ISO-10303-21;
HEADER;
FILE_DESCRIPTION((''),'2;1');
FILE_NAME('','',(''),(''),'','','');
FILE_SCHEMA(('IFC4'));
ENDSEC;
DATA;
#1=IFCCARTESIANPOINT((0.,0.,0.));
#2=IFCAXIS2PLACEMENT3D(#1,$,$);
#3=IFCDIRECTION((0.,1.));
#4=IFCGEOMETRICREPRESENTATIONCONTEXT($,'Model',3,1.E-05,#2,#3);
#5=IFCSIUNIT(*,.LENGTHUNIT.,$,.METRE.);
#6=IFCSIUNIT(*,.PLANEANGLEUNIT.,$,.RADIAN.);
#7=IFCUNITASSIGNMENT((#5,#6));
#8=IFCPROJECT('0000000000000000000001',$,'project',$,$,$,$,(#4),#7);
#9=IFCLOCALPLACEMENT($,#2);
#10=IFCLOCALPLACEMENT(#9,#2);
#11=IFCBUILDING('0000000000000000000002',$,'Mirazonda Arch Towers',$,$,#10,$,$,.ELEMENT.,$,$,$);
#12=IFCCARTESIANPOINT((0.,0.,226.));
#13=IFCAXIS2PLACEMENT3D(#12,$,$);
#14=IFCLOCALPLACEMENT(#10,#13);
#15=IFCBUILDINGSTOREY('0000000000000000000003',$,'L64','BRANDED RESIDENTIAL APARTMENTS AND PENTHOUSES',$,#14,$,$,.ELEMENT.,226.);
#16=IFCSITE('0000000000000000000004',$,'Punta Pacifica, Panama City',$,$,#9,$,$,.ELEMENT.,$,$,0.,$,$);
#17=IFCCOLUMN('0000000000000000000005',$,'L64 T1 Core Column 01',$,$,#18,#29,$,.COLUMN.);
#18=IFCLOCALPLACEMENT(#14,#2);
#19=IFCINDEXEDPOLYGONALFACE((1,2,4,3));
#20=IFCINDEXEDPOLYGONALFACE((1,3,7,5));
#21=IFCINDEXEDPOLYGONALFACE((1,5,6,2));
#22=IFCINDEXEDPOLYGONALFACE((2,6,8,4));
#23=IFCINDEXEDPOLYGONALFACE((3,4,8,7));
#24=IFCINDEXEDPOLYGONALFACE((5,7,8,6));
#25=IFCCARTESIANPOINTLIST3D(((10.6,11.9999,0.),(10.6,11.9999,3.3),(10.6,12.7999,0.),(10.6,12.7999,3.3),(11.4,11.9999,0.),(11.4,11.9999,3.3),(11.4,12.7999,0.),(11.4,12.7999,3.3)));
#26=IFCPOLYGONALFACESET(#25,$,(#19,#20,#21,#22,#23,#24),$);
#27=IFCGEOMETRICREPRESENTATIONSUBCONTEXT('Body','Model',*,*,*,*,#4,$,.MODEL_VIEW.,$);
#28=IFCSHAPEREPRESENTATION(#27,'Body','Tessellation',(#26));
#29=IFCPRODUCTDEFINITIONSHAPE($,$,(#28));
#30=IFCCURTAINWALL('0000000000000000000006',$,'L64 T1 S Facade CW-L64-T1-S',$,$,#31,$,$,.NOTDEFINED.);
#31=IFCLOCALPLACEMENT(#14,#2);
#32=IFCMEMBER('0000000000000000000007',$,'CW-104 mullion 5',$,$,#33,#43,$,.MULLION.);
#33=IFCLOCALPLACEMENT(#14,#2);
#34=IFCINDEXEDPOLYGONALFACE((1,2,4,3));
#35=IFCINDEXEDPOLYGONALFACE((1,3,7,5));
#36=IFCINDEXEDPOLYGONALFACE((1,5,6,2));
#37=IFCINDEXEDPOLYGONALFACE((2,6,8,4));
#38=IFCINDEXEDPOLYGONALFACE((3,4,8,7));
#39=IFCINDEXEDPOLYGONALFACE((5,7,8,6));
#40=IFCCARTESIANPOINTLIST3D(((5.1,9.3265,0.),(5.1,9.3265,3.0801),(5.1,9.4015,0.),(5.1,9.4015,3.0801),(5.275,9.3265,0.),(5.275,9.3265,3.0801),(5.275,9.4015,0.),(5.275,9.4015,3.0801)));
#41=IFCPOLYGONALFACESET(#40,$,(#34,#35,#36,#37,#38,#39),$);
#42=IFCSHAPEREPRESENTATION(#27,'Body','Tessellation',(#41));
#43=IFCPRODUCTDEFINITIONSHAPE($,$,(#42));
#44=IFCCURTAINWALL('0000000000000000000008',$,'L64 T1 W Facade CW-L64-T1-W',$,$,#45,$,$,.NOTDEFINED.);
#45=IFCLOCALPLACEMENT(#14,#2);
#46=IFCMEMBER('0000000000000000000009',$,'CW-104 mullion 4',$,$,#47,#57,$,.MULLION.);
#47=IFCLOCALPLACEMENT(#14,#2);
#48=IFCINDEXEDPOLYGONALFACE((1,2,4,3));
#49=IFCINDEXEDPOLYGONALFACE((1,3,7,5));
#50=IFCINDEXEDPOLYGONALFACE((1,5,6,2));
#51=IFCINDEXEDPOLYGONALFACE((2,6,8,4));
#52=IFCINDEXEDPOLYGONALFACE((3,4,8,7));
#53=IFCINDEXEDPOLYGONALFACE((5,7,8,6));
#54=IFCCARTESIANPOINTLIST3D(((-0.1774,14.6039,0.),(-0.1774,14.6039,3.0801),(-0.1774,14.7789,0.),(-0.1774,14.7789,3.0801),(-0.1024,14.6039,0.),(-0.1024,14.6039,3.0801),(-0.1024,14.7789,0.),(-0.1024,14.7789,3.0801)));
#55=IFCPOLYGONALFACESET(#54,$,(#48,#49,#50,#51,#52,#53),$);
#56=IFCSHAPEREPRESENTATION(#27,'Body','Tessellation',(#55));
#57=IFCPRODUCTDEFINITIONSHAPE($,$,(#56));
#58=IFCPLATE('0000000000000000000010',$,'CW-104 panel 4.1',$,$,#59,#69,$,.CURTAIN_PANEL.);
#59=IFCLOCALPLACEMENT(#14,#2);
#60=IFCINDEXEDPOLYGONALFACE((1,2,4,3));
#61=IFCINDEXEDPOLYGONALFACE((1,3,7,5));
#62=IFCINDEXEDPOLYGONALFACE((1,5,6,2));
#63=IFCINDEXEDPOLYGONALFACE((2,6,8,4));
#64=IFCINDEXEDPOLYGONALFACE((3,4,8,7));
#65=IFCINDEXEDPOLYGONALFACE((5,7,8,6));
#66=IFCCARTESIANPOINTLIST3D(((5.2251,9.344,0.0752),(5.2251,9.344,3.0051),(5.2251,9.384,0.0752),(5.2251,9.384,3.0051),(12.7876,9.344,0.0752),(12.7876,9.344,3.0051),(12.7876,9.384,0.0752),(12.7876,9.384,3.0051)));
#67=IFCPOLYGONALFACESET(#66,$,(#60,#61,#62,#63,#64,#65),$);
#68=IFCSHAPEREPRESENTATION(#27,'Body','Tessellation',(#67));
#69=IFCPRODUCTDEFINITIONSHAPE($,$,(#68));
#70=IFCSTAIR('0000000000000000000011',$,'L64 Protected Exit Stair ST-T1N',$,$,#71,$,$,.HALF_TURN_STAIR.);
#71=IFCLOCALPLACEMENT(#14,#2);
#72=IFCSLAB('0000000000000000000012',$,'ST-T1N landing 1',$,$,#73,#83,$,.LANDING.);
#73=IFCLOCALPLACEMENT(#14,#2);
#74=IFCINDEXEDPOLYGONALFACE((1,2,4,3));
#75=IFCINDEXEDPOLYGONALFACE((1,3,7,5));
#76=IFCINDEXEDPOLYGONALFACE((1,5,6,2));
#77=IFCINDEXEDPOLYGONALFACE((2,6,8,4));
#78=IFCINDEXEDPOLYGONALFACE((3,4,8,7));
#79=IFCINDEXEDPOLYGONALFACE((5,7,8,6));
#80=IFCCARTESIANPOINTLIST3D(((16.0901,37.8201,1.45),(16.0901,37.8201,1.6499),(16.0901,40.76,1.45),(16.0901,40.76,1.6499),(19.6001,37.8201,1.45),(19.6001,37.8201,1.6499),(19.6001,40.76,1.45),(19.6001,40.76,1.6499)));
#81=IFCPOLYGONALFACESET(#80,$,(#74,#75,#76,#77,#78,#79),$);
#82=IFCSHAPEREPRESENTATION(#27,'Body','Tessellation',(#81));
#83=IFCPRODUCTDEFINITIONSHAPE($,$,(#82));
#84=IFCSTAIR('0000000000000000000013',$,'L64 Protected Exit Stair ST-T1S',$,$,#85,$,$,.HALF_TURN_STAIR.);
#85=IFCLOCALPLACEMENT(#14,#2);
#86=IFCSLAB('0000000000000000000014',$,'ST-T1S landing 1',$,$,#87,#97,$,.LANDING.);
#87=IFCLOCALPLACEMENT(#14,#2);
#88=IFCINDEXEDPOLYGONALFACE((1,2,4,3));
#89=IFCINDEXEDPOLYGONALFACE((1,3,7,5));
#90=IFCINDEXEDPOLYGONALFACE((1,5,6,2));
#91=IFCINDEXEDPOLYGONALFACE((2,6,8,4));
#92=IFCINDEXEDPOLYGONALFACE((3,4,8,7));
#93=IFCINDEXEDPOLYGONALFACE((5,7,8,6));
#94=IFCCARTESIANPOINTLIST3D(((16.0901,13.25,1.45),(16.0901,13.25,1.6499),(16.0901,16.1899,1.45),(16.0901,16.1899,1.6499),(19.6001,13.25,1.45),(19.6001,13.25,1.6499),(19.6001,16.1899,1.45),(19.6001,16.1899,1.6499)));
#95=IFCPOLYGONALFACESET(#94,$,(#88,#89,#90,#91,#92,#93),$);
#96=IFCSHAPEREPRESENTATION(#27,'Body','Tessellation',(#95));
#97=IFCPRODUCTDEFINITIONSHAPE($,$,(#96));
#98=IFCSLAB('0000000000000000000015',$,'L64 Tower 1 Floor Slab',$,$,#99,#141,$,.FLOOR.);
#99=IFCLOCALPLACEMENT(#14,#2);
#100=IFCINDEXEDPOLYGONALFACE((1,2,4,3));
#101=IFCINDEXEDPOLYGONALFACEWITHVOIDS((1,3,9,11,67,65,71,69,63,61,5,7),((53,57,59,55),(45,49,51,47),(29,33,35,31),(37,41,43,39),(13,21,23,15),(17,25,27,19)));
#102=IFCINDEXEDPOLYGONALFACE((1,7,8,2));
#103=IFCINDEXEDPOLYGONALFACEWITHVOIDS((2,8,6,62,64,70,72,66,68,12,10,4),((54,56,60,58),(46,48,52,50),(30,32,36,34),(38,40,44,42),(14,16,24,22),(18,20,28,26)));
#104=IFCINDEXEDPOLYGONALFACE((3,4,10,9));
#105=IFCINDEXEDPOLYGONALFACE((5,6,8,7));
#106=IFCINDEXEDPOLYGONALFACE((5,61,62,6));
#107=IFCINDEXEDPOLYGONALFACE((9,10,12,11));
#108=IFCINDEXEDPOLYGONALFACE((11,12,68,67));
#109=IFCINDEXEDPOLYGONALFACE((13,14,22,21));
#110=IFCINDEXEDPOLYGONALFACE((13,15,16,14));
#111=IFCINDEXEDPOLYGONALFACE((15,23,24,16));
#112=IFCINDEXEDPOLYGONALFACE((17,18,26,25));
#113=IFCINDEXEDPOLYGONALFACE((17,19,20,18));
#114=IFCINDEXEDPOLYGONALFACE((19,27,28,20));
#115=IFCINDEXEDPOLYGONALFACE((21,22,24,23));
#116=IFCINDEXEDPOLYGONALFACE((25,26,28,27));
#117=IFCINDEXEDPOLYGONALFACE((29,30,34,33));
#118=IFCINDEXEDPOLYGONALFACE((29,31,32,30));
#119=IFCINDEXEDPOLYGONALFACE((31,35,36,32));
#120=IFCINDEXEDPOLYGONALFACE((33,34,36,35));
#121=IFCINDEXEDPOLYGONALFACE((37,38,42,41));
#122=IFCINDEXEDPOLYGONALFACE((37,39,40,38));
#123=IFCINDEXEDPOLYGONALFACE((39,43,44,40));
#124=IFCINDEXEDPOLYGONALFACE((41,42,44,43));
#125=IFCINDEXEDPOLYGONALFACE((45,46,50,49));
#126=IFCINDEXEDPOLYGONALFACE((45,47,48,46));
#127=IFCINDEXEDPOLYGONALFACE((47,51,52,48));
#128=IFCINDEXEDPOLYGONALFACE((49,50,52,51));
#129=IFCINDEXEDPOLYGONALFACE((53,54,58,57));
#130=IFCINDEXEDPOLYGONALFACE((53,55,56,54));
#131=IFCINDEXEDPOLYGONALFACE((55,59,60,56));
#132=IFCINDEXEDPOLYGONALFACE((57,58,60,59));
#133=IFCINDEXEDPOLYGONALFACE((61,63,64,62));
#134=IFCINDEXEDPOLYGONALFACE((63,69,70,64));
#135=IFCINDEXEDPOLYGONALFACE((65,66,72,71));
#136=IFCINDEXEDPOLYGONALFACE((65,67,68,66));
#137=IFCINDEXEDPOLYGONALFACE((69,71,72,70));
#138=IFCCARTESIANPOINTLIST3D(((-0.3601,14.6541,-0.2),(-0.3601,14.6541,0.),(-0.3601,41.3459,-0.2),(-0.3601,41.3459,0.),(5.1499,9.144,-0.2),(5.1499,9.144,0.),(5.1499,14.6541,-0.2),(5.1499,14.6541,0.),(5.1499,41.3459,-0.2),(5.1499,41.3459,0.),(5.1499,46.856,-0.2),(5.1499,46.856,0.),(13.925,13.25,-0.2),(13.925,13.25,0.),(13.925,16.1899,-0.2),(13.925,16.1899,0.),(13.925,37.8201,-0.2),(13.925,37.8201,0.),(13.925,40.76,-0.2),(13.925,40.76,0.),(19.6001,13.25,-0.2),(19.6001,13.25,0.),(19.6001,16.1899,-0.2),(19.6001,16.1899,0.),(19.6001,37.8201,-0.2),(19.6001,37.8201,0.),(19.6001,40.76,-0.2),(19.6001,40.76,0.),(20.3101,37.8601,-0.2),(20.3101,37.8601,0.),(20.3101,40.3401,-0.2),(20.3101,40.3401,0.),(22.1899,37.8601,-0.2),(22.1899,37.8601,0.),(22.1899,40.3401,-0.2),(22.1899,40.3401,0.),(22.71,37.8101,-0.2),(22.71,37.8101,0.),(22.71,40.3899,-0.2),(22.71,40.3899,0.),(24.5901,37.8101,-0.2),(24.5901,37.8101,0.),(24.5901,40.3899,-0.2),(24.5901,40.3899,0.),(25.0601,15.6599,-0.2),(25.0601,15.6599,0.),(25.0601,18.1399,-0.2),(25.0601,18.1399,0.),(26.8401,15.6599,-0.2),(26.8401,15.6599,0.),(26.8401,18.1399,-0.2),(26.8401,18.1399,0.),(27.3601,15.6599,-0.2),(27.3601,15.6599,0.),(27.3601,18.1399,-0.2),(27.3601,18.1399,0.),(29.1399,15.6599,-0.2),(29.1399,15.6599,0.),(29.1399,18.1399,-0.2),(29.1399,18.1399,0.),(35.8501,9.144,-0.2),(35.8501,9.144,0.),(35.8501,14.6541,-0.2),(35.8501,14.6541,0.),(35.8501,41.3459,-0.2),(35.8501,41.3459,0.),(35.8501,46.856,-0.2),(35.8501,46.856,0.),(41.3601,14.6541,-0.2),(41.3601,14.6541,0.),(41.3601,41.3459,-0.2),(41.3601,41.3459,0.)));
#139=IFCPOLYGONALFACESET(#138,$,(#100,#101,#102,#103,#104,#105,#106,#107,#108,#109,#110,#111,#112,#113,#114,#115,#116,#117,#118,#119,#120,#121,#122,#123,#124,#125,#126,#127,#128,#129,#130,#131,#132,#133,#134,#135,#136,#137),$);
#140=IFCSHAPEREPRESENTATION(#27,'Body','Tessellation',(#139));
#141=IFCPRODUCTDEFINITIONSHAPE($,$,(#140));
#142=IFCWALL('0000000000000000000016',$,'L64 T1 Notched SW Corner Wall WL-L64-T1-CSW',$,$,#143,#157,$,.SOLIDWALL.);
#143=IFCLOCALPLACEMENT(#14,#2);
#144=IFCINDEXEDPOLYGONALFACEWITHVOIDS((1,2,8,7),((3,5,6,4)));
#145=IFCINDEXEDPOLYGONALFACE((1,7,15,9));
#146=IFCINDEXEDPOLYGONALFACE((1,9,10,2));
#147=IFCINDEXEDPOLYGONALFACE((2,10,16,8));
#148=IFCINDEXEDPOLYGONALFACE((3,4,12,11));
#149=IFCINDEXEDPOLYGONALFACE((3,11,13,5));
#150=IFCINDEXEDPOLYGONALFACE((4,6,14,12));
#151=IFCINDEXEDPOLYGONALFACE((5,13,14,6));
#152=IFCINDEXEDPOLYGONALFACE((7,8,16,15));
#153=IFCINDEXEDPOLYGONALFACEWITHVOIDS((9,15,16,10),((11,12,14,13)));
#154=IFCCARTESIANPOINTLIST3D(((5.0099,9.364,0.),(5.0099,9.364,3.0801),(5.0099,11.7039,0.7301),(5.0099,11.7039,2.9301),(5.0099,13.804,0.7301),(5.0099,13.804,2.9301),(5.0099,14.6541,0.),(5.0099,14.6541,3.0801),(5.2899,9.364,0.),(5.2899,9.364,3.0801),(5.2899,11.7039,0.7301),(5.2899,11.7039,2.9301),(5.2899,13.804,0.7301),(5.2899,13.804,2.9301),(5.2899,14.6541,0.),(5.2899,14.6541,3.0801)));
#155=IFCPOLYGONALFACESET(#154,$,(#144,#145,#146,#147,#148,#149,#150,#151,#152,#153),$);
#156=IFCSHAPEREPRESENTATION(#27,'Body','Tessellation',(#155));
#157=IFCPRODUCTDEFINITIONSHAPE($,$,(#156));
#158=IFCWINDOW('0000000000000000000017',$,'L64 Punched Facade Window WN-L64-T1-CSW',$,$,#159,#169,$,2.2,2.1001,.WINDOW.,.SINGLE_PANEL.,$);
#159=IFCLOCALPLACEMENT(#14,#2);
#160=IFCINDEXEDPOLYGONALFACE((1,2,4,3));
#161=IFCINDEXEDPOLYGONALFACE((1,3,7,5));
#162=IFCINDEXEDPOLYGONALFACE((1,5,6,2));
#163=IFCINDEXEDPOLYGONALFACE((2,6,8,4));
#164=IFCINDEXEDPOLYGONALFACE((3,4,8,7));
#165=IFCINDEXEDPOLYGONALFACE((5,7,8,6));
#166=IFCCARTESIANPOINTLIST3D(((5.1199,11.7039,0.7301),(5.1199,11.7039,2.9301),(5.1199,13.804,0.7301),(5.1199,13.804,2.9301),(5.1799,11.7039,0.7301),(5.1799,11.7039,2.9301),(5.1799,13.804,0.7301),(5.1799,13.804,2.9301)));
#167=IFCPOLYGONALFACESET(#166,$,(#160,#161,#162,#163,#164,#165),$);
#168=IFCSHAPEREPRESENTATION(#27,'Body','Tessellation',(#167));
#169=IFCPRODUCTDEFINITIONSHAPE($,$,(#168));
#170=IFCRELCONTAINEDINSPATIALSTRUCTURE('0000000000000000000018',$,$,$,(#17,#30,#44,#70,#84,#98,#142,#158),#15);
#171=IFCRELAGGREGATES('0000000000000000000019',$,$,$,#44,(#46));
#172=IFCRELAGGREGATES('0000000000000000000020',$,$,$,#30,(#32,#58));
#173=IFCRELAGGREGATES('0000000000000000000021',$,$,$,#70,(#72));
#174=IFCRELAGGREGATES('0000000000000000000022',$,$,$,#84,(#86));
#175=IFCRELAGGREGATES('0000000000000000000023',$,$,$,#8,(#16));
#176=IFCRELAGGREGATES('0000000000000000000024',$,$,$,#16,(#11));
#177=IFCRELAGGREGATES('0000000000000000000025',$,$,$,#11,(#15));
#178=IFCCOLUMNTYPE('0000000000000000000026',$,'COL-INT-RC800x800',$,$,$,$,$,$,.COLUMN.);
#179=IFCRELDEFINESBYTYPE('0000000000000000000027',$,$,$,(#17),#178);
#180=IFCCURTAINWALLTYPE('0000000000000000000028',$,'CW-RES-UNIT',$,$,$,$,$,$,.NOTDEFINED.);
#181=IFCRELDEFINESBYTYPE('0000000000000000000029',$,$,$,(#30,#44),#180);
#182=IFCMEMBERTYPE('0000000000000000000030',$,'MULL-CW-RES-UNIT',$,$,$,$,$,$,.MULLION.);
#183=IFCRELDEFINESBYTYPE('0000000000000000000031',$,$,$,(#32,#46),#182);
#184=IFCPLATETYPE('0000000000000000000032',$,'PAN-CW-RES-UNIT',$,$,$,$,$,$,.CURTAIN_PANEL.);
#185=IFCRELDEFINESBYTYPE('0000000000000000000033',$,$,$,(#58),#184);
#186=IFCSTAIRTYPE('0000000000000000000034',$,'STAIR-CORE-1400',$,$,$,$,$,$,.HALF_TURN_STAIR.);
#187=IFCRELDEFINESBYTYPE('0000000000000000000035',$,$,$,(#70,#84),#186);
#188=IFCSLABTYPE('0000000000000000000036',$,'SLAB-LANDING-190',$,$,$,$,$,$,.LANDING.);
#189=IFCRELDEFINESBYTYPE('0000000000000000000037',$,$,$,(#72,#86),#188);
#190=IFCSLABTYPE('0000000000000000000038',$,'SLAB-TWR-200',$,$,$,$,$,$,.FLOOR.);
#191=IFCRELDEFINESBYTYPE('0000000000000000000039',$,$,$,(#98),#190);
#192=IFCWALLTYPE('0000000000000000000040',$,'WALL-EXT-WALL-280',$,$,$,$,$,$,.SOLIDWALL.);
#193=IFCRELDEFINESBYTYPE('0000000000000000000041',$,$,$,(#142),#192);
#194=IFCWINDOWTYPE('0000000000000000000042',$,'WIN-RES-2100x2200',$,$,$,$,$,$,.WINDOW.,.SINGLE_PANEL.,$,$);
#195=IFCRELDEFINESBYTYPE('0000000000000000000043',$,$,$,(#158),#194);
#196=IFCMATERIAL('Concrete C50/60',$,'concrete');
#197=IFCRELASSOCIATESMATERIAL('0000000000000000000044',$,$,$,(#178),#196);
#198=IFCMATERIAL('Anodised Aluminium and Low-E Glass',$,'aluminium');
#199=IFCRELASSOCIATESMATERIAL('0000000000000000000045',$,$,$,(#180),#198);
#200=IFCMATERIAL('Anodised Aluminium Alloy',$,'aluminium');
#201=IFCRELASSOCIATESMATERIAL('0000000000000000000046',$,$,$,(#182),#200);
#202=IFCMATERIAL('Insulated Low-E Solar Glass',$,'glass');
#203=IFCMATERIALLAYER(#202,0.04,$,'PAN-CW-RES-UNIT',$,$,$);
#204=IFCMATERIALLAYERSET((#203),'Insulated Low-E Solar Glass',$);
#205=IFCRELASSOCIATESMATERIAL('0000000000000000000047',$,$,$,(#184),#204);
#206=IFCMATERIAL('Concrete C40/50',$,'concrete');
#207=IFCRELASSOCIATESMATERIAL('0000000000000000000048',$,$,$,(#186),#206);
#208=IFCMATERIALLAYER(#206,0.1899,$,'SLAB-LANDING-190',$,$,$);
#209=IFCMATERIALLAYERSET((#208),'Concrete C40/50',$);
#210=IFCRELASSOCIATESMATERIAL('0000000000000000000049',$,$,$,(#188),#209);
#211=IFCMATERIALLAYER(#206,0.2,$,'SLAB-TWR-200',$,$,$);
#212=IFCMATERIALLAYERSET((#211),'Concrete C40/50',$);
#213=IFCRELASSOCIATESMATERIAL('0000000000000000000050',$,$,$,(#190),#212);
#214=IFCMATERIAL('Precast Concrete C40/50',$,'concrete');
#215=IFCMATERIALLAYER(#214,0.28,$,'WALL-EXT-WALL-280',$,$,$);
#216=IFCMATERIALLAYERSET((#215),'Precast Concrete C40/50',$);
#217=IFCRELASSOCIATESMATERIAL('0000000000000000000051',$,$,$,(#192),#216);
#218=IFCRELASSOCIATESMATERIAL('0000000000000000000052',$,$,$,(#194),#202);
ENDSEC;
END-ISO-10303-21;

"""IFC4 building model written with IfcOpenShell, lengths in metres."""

from ifc_helpers import new_model, si_unit, direction, frame, frame_2d, origin, origin_2d, place, context, subcontext, project, spatial, polyline, rectangle, outline, extrude, material, layer, layer_set, material_profile, profile_set, type_object, element, fill, aggregate, save


model = new_model("IFC4")

# Units and contexts
model_context = context("Model", 3, precision=1e-05, world=origin(), true_north=direction((0.0, 1.0)))
body_context = subcontext(model_context, "Body", "Model", "MODEL_VIEW")
ifc_project = project(units=[si_unit("LENGTHUNIT", "METRE"), si_unit("PLANEANGLEUNIT", "RADIAN")], contexts=[model_context])

# Site, building, storey
site_placement = place(None, origin())
site = spatial("IfcSite", under=ifc_project, at=site_placement, Name="Punta Pacifica, Panama City", CompositionType="ELEMENT", RefElevation=0.0)
building_placement = place(site_placement, origin())
building = spatial("IfcBuilding", under=site, at=building_placement, Name="Mirazonda Arch Towers", CompositionType="ELEMENT")
storey_placement = place(building_placement, frame((0.0, 0.0, 226.0)))
storey = spatial("IfcBuildingStorey", under=building, at=storey_placement, Name="L64", Description="BRANDED RESIDENTIAL APARTMENTS AND PENTHOUSES", CompositionType="ELEMENT", Elevation=226.0)

# Column
ifc_material_1 = material(Name="Concrete C50/60", Category="concrete")
ifc_material_profile_1 = material_profile(ifc_material_1, rectangle(XDim=0.8, YDim=0.8, at=origin_2d()), Name="RC800x800")
ifc_profile_set_1 = profile_set([ifc_material_profile_1], Name="Concrete C50/60")
column_type = type_object("IfcColumnType", Name="COL-INT-RC800x800", PredefinedType="COLUMN", material=ifc_profile_set_1)
column_placement = place(storey_placement, frame((11.0, 12.3999, 0.0), z_axis=(0.0, 0.0, 1.0), x_axis=(1.0, 0.0, 0.0)))
element("IfcColumn", 1, at=column_placement, inside=storey, type_object=column_type, Name="L64 T1 Core Column 01", PredefinedType="COLUMN", context=body_context, shape_type="SweptSolid", body=[
    extrude(rectangle(XDim=0.8, YDim=0.8, at=origin_2d()), origin(), (0.0, 0.0, 1.0), 3.3),
])

# Curtain walls, members
ifc_material_2 = material(Name="Anodised Aluminium and Low-E Glass", Category="aluminium")
curtain_wall_type = type_object("IfcCurtainWallType", Name="CW-RES-UNIT", PredefinedType="NOTDEFINED", material=ifc_material_2)
curtain_wall_1_placement = place(storey_placement, origin())
curtain_wall_1 = element("IfcCurtainWall", 2, at=curtain_wall_1_placement, inside=storey, type_object=curtain_wall_type, Name="L64 T1 S Facade CW-L64-T1-S", PredefinedType="NOTDEFINED")
ifc_material_3 = material(Name="Anodised Aluminium Alloy", Category="aluminium")
ifc_material_profile_2 = material_profile(ifc_material_3, rectangle(XDim=0.075, YDim=0.175, at=origin_2d()), Name="ALU-MULL-75x175")
ifc_profile_set_2 = profile_set([ifc_material_profile_2], Name="Anodised Aluminium Alloy")
member_type = type_object("IfcMemberType", Name="MULL-CW-RES-UNIT", PredefinedType="MULLION", material=ifc_profile_set_2)
member_1_placement = place(storey_placement, frame((5.1875, 9.364, 0.0), z_axis=(0.0, 0.0, 1.0), x_axis=(0.0, -1.0, 0.0)))
member_1 = element("IfcMember", 3, at=member_1_placement, type_object=member_type, Name="CW-104 mullion 5", PredefinedType="MULLION", context=body_context, shape_type="SweptSolid", body=[
    extrude(rectangle(XDim=0.075, YDim=0.175, at=origin_2d()), origin(), (0.0, 0.0, 1.0), 3.0801),
])
curtain_wall_2_placement = place(storey_placement, origin())
curtain_wall_2 = element("IfcCurtainWall", 4, at=curtain_wall_2_placement, inside=storey, type_object=curtain_wall_type, Name="L64 T1 W Facade CW-L64-T1-W", PredefinedType="NOTDEFINED")
member_2_placement = place(storey_placement, frame((-0.1399, 14.6914, 0.0), z_axis=(0.0, 0.0, 1.0), x_axis=(1.0, 0.0, 0.0)))
member_2 = element("IfcMember", 5, at=member_2_placement, type_object=member_type, Name="CW-104 mullion 4", PredefinedType="MULLION", context=body_context, shape_type="SweptSolid", body=[
    extrude(rectangle(XDim=0.075, YDim=0.175, at=origin_2d()), origin(), (0.0, 0.0, 1.0), 3.0801),
])
aggregate(curtain_wall_2, [member_2])

# Plate
ifc_material_4 = material(Name="Insulated Low-E Solar Glass", Category="glass")
ifc_layer_1 = layer(ifc_material_4, 0.04, Name="PAN-CW-RES-UNIT")
ifc_layer_set_1 = layer_set([ifc_layer_1], Name="Insulated Low-E Solar Glass")
plate_type = type_object("IfcPlateType", Name="PAN-CW-RES-UNIT", PredefinedType="CURTAIN_PANEL", material=ifc_layer_set_1)
plate_placement = place(storey_placement, frame((9.0063, 9.364, 0.0752), z_axis=(0.0, 0.0, 1.0), x_axis=(-1.0, 0.0, 0.0)))
plate = element("IfcPlate", 6, at=plate_placement, type_object=plate_type, Name="CW-104 panel 4.1", PredefinedType="CURTAIN_PANEL", context=body_context, shape_type="SweptSolid", body=[
    extrude(rectangle(XDim=7.5625, YDim=0.04, at=origin_2d()), origin(), (0.0, 0.0, 1.0), 2.9299),
])
aggregate(curtain_wall_1, [member_1, plate])

# Stairs, slabs
ifc_material_5 = material(Name="Concrete C40/50", Category="concrete")
stair_type = type_object("IfcStairType", Name="STAIR-CORE-1400", PredefinedType="HALF_TURN_STAIR", material=ifc_material_5)
stair_1_placement = place(storey_placement, origin())
stair_1 = element("IfcStair", 7, at=stair_1_placement, inside=storey, type_object=stair_type, Name="L64 Protected Exit Stair ST-T1N", PredefinedType="HALF_TURN_STAIR")
ifc_layer_2 = layer(ifc_material_5, 0.1899, Name="SLAB-LANDING-190")
ifc_layer_set_2 = layer_set([ifc_layer_2], Name="Concrete C40/50")
slab_type_1 = type_object("IfcSlabType", Name="SLAB-LANDING-190", PredefinedType="LANDING", material=ifc_layer_set_2)
slab_1_placement = place(storey_placement, frame((0.0, 0.0, 1.45)))
slab_1 = element("IfcSlab", 8, at=slab_1_placement, type_object=slab_type_1, Name="ST-T1N landing 1", PredefinedType="LANDING", context=body_context, shape_type="SweptSolid", body=[
    extrude(outline(polyline([(16.0901, 37.8201), (19.6001, 37.8201), (19.6001, 40.76), (16.0901, 40.76), (16.0901, 37.8201)])), origin(), (0.0, 0.0, 1.0), 0.2),
])
aggregate(stair_1, [slab_1])
stair_2_placement = place(storey_placement, origin())
stair_2 = element("IfcStair", 9, at=stair_2_placement, inside=storey, type_object=stair_type, Name="L64 Protected Exit Stair ST-T1S", PredefinedType="HALF_TURN_STAIR")
slab_2_placement = place(storey_placement, frame((0.0, 0.0, 1.45)))
slab_2 = element("IfcSlab", 10, at=slab_2_placement, type_object=slab_type_1, Name="ST-T1S landing 1", PredefinedType="LANDING", context=body_context, shape_type="SweptSolid", body=[
    extrude(outline(polyline([(16.0901, 13.25), (19.6001, 13.25), (19.6001, 16.1899), (16.0901, 16.1899), (16.0901, 13.25)])), origin(), (0.0, 0.0, 1.0), 0.2),
])
aggregate(stair_2, [slab_2])

# Slab
ifc_layer_3 = layer(ifc_material_5, 0.2, Name="SLAB-TWR-200")
ifc_layer_set_3 = layer_set([ifc_layer_3], Name="Concrete C40/50")
slab_type_2 = type_object("IfcSlabType", Name="SLAB-TWR-200", PredefinedType="FLOOR", material=ifc_layer_set_3)
slab_3_placement = place(storey_placement, frame((0.0, 0.0, -0.2)))
element("IfcSlab", 11, at=slab_3_placement, inside=storey, type_object=slab_type_2, Name="L64 Tower 1 Floor Slab", PredefinedType="FLOOR", context=body_context, shape_type="SweptSolid", body=[
    extrude(outline(polyline([(5.1499, 9.144), (35.8501, 9.144), (35.8501, 14.6541), (41.3601, 14.6541), (41.3601, 41.3459), (35.8501, 41.3459), (35.8501, 46.856), (5.1499, 46.856), (5.1499, 41.3459), (-0.3601, 41.3459), (-0.3601, 14.6541), (5.1499, 14.6541), (5.1499, 9.144)]), holes=[polyline([(27.3601, 18.1399), (29.1399, 18.1399), (29.1399, 15.6599), (27.3601, 15.6599), (27.3601, 18.1399)]), polyline([(25.0601, 18.1399), (26.8401, 18.1399), (26.8401, 15.6599), (25.0601, 15.6599), (25.0601, 18.1399)]), polyline([(22.71, 40.3899), (24.5901, 40.3899), (24.5901, 37.8101), (22.71, 37.8101), (22.71, 40.3899)]), polyline([(20.3101, 37.8601), (20.3101, 40.3401), (22.1899, 40.3401), (22.1899, 37.8601), (20.3101, 37.8601)]), polyline([(19.6001, 13.25), (13.925, 13.25), (13.925, 16.1899), (19.6001, 16.1899), (19.6001, 13.25)]), polyline([(13.925, 37.8201), (13.925, 40.76), (19.6001, 40.76), (19.6001, 37.8201), (13.925, 37.8201)])]), origin(), (0.0, 0.0, 1.0), 0.2),
])

# Wall, opening, window
ifc_material_6 = material(Name="Precast Concrete C40/50", Category="concrete")
ifc_layer_4 = layer(ifc_material_6, 0.28, Name="WALL-EXT-WALL-280")
ifc_layer_set_4 = layer_set([ifc_layer_4], Name="Precast Concrete C40/50")
wall_type_1 = type_object("IfcWallType", Name="WALL-EXT-WALL-280", PredefinedType="SOLIDWALL", material=ifc_layer_set_4)
wall_1_placement = place(storey_placement, frame((5.1499, 14.6541, 0.0), z_axis=(0.0, 0.0, 1.0), x_axis=(0.0, -1.0, 0.0)))
wall_1 = element("IfcWall", 12, at=wall_1_placement, inside=storey, type_object=wall_type_1, Name="L64 T1 Notched SW Corner Wall WL-L64-T1-CSW", PredefinedType="SOLIDWALL", context=body_context, shape_type="SweptSolid", body=[
    extrude(rectangle(XDim=5.29, YDim=0.28, at=frame_2d((2.645, 0.0))), origin(), (0.0, 0.0, 1.0), 3.0801),
])
opening_1_placement = place(wall_1_placement, frame((0.8501, 0.0, 0.73)))
opening_1 = element("IfcOpeningElement", 13, at=opening_1_placement, cuts=wall_1, PredefinedType="OPENING", context=body_context, shape_type="SweptSolid", body=[
    extrude(rectangle(XDim=2.1001, YDim=2.2, at=frame_2d((1.05, 1.1001))), frame((0.0, 0.1499, 0.0), z_axis=(0.0, -1.0, 0.0), x_axis=(1.0, 0.0, 0.0)), (0.0, 0.0, 1.0), 0.3),
])
window_type_1 = type_object("IfcWindowType", Name="WIN-RES-2100x2200", PartitioningType="SINGLE_PANEL", PredefinedType="WINDOW", material=ifc_material_4)
window_1_placement = place(opening_1_placement, origin())
window_1 = element("IfcWindow", 14, at=window_1_placement, inside=storey, type_object=window_type_1, Name="L64 Punched Facade Window WN-L64-T1-CSW", OverallHeight=2.2, OverallWidth=2.1001, PartitioningType="SINGLE_PANEL", PredefinedType="WINDOW", context=body_context, shape_type="SweptSolid", body=[
    extrude(rectangle(XDim=2.1001, YDim=2.2, at=frame_2d((1.05, 1.1001))), frame((0.0, 0.03, 0.0), z_axis=(0.0, -1.0, 0.0), x_axis=(1.0, 0.0, 0.0)), (0.0, 0.0, 1.0), 0.0601),
])
fill(opening_1, window_1)

save(model, "model.ifc")
